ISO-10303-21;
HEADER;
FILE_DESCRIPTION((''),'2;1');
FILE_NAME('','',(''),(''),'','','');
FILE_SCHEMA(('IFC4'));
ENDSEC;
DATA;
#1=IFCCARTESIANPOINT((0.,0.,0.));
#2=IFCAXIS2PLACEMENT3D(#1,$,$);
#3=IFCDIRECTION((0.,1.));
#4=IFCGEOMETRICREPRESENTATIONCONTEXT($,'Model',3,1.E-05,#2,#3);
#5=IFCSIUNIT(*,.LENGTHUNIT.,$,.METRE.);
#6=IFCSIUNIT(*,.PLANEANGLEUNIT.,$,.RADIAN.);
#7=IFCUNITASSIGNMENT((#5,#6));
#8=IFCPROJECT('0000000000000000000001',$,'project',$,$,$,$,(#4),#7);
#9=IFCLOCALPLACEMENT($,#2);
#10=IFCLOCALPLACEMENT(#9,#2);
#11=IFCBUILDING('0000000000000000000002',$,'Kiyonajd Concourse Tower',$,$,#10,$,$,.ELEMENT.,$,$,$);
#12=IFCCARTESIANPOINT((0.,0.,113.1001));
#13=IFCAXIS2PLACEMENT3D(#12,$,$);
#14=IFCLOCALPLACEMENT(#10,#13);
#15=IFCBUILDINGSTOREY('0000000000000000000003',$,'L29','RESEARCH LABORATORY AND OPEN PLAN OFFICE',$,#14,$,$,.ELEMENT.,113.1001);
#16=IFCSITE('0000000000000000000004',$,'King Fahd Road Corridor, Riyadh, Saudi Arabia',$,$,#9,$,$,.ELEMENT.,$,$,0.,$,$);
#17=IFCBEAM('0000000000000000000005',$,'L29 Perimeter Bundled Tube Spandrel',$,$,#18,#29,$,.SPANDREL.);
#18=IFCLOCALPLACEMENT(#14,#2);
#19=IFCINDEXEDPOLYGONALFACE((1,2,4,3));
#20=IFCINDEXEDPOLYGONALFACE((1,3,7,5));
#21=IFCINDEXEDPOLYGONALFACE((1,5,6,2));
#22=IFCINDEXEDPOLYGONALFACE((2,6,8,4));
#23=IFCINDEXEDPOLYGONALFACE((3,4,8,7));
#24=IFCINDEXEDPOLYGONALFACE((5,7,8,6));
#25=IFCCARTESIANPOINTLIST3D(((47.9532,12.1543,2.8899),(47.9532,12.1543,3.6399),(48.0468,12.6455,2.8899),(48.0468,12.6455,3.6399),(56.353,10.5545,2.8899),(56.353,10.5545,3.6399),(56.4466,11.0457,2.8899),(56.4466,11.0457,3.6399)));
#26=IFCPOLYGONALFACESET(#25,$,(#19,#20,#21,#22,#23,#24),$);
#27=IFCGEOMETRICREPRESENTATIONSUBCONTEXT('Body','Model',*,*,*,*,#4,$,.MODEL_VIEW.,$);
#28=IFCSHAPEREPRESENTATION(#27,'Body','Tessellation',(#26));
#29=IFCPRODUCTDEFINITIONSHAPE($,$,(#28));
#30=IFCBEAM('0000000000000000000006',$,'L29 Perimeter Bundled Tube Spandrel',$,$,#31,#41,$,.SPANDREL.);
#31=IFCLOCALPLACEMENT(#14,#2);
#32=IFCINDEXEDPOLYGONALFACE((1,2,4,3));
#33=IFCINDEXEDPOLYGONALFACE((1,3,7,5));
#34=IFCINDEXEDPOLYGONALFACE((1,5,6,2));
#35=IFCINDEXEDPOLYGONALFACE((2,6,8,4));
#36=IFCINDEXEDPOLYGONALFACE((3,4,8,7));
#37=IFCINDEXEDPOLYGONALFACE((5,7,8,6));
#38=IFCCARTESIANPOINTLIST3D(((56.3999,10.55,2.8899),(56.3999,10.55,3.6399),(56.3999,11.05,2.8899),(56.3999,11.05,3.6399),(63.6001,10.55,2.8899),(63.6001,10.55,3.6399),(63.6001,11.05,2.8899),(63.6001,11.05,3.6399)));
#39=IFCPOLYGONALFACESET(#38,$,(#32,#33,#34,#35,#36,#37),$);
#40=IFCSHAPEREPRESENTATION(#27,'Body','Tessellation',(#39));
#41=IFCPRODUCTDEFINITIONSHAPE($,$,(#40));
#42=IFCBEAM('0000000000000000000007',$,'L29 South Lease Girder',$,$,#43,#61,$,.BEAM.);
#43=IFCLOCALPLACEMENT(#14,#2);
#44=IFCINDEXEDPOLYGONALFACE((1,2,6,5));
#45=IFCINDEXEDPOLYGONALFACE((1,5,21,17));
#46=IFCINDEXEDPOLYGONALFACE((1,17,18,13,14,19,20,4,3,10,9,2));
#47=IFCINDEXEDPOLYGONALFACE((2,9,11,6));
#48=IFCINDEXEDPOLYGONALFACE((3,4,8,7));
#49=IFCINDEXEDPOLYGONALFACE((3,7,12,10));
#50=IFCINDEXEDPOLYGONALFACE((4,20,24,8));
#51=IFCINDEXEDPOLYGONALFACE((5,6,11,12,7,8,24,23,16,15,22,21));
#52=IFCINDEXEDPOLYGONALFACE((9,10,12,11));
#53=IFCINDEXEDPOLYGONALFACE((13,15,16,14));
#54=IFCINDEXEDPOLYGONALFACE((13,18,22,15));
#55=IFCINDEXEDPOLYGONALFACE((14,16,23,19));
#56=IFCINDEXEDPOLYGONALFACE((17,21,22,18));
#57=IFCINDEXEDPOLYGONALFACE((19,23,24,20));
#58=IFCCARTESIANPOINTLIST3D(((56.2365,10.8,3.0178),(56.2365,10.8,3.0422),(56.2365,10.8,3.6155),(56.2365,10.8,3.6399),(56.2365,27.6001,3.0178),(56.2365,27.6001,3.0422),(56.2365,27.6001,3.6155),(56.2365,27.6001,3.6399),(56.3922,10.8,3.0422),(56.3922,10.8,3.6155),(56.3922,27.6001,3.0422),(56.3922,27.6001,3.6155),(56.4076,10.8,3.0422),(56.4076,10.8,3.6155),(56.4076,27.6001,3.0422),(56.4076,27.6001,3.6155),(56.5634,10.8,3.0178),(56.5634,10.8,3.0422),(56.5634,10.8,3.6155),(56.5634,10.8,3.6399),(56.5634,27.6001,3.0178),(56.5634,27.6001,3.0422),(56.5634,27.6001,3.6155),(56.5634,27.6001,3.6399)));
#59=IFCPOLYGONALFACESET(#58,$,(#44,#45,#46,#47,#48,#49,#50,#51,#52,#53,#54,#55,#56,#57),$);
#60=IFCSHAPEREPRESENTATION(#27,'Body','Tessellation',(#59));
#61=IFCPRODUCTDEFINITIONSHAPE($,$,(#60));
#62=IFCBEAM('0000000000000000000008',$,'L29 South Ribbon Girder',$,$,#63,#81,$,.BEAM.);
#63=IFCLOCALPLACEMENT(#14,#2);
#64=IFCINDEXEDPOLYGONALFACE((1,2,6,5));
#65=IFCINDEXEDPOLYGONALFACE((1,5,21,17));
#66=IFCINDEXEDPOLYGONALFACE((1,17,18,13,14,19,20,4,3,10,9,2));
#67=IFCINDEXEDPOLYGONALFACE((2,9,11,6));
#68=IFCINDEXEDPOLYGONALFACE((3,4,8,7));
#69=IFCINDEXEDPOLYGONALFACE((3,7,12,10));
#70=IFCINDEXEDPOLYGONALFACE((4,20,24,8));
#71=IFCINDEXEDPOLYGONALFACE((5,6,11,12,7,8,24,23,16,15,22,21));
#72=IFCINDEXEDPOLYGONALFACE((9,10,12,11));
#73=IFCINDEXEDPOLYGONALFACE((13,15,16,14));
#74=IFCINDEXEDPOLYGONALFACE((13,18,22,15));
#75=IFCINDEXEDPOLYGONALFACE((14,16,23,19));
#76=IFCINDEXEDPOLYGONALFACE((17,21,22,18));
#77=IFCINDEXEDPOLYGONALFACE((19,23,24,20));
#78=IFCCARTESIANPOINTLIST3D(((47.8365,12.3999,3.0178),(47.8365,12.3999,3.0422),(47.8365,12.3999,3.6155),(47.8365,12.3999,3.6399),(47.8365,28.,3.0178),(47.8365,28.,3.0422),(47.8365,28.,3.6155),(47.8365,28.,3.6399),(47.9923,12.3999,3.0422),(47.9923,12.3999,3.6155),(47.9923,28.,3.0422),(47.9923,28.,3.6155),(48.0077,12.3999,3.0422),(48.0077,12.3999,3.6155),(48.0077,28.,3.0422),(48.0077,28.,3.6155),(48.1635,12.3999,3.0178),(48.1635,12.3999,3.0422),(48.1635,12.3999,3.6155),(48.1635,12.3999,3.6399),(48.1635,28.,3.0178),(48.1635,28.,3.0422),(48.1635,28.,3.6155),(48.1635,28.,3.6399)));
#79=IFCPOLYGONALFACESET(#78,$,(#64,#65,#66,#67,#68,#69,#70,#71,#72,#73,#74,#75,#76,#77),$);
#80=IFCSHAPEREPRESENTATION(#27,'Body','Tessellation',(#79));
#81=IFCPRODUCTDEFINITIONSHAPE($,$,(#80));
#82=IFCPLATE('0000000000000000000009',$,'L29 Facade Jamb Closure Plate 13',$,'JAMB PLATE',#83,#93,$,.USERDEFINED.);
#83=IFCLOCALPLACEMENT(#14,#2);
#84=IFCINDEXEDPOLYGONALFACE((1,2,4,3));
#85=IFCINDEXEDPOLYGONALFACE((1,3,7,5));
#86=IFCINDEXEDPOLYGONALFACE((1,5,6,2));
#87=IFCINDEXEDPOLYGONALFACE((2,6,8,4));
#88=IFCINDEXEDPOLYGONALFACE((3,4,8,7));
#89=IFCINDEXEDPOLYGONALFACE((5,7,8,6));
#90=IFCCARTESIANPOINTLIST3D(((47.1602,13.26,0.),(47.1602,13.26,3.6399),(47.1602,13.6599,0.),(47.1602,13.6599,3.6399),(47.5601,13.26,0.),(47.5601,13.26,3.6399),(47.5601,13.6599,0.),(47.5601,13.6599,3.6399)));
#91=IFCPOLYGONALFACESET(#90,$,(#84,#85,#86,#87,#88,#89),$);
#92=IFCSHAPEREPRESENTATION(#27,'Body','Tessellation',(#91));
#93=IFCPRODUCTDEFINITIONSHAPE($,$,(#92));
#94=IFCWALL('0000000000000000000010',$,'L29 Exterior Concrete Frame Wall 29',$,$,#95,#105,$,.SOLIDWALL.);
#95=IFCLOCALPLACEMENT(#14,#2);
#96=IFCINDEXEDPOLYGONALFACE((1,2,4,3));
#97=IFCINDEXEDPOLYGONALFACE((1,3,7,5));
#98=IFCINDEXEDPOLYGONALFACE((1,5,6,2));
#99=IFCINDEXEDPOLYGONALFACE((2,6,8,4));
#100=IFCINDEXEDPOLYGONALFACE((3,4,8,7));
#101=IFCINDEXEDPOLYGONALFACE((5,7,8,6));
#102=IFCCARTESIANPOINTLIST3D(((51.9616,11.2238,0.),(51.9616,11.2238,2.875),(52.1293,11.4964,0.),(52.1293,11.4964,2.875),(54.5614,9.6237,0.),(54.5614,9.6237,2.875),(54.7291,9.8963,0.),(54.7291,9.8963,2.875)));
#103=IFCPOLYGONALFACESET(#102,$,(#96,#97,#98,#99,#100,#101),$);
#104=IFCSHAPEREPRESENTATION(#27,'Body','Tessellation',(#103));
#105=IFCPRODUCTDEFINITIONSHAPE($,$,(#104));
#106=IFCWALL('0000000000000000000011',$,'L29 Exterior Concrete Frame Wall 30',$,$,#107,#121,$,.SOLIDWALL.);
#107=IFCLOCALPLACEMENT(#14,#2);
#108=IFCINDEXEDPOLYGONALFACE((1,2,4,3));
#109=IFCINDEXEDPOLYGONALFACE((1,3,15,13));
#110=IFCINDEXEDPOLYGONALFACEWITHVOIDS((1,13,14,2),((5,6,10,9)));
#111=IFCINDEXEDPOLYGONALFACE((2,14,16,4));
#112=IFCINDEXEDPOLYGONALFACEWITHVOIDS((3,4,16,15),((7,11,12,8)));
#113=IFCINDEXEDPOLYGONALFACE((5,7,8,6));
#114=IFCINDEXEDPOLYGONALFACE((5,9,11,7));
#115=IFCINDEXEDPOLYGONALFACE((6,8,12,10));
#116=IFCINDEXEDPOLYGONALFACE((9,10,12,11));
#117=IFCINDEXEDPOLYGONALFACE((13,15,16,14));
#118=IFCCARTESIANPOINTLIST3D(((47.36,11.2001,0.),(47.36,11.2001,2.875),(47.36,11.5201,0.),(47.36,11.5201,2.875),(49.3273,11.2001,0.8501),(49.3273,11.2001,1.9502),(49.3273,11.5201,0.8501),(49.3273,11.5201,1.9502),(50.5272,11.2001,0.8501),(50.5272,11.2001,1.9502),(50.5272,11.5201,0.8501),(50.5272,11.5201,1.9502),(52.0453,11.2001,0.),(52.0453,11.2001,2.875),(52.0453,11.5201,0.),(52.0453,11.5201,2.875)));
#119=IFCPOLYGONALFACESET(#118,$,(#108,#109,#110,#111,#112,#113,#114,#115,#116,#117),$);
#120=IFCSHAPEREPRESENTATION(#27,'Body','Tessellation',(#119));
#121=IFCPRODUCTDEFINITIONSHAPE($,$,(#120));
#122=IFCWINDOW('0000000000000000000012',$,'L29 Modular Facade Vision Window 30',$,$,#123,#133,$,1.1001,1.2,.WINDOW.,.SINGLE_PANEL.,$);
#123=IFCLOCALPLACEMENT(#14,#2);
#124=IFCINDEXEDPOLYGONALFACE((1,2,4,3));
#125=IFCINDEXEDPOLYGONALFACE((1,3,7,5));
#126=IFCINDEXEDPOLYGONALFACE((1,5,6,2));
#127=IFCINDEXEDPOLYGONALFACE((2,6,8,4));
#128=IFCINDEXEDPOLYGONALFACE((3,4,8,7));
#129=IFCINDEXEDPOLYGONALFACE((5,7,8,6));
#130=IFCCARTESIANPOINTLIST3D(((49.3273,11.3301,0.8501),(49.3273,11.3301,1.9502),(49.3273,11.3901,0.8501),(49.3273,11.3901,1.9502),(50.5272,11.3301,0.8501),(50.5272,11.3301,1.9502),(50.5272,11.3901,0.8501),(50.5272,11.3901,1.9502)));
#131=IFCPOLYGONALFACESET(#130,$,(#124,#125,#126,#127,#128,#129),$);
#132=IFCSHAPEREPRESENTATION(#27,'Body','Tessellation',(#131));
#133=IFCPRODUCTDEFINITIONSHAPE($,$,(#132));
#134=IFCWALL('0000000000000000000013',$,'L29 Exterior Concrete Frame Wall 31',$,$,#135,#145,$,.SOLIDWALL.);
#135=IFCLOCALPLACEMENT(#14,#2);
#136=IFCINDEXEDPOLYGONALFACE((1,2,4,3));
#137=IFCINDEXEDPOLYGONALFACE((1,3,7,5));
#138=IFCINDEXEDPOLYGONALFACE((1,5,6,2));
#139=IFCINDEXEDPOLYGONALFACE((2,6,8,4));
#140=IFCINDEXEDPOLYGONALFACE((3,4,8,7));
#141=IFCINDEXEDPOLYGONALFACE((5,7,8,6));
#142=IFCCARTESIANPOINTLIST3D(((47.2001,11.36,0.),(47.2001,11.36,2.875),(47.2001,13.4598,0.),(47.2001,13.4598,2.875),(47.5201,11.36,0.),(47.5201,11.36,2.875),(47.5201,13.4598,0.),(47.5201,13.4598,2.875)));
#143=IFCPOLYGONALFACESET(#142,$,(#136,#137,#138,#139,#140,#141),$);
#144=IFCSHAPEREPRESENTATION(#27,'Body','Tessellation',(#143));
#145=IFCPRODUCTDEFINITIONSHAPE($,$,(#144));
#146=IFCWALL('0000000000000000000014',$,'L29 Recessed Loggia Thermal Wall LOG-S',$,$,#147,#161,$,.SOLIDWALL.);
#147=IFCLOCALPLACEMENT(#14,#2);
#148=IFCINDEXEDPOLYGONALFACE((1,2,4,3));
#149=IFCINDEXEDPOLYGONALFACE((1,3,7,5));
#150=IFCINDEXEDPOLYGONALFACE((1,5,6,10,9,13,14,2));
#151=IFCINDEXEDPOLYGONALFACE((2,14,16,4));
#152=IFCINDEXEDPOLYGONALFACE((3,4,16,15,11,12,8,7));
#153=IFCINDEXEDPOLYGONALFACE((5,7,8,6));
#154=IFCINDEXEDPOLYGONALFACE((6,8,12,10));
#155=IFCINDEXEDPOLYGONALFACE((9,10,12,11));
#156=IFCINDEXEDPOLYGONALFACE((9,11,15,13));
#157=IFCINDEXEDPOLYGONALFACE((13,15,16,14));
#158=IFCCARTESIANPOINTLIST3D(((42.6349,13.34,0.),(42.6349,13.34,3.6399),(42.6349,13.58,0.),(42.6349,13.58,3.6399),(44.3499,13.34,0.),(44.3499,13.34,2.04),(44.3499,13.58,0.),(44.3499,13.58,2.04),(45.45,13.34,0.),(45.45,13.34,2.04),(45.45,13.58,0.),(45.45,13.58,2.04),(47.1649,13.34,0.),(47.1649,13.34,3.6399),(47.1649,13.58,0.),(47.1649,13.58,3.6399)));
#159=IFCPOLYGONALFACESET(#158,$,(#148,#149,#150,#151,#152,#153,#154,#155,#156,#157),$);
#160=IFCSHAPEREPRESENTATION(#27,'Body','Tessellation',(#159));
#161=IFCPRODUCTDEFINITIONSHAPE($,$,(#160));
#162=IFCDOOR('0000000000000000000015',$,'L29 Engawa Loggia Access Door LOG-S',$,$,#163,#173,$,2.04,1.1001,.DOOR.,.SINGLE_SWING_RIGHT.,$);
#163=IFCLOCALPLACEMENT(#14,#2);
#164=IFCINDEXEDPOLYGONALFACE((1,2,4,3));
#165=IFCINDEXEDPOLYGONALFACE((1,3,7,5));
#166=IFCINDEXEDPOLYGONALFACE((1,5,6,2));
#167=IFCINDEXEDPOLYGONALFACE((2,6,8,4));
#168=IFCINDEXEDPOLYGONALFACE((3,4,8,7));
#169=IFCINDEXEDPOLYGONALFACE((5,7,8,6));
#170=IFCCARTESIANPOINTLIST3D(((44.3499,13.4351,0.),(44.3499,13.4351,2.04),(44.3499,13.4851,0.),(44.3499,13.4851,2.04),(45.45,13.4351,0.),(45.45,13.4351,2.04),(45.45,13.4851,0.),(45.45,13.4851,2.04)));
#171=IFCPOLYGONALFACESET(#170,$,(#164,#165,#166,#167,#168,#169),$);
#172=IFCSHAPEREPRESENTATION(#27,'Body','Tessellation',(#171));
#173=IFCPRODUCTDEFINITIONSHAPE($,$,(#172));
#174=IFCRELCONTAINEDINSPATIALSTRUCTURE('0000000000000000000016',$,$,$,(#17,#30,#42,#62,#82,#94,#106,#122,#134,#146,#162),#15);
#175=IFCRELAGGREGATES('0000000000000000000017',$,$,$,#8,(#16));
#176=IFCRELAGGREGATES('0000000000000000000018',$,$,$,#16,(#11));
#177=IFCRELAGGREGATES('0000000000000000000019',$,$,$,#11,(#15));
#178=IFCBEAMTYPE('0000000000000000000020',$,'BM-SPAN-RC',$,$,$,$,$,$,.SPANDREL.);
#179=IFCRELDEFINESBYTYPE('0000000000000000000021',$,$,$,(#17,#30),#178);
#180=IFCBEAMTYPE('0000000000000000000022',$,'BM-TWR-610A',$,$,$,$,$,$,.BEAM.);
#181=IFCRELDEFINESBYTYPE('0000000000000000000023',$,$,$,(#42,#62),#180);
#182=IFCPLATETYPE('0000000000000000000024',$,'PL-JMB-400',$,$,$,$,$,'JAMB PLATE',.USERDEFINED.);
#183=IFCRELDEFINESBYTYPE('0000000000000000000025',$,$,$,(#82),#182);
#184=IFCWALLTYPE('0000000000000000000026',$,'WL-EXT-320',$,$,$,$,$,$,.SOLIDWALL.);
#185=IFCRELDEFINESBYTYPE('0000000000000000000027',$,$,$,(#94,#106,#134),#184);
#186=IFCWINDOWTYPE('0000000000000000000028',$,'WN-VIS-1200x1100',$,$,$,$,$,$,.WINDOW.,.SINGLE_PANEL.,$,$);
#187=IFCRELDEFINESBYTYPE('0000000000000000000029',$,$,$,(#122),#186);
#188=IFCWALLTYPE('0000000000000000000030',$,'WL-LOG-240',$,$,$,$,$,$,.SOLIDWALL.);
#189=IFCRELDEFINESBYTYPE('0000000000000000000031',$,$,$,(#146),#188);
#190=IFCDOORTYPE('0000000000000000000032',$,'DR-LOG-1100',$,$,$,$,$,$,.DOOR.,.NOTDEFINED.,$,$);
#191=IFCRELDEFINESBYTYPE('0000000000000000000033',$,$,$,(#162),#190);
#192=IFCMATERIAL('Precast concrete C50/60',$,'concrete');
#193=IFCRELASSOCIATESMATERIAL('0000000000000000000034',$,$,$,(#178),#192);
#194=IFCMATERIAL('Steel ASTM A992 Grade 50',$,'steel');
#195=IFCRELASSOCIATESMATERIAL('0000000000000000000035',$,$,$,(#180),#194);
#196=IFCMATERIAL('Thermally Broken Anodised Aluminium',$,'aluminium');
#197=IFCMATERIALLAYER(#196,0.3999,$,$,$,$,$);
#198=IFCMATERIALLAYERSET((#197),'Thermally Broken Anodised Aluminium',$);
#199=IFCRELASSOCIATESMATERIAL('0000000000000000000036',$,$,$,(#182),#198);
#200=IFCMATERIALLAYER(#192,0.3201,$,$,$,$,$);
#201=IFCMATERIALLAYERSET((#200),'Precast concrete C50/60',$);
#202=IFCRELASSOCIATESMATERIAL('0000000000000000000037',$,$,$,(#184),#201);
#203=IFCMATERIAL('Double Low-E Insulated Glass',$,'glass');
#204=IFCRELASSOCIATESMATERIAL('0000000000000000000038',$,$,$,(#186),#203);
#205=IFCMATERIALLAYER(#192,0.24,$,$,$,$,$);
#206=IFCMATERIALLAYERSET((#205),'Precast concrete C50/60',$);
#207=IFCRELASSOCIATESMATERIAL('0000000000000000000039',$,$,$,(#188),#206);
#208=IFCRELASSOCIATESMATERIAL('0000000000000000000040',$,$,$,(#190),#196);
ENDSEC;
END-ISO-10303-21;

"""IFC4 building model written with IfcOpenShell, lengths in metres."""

from ifc_helpers import new_model, si_unit, direction, frame, frame_2d, origin, origin_2d, place, context, subcontext, project, spatial, rectangle, i_section, extrude, material, layer, layer_set, material_profile, profile_set, type_object, element, fill, save


model = new_model("IFC4")

# Units and contexts
model_context = context("Model", 3, precision=1e-05, world=origin(), true_north=direction((0.0, 1.0)))
body_context = subcontext(model_context, "Body", "Model", "MODEL_VIEW")
ifc_project = project(units=[si_unit("LENGTHUNIT", "METRE"), si_unit("PLANEANGLEUNIT", "RADIAN")], contexts=[model_context])

# Site, building, storey
site_placement = place(None, origin())
site = spatial("IfcSite", under=ifc_project, at=site_placement, Name="King Fahd Road Corridor, Riyadh, Saudi Arabia", CompositionType="ELEMENT", RefElevation=0.0)
building_placement = place(site_placement, origin())
building = spatial("IfcBuilding", under=site, at=building_placement, Name="Kiyonajd Concourse Tower", CompositionType="ELEMENT")
storey_placement = place(building_placement, frame((0.0, 0.0, 113.1001)))
storey = spatial("IfcBuildingStorey", under=building, at=storey_placement, Name="L29", Description="RESEARCH LABORATORY AND OPEN PLAN OFFICE", CompositionType="ELEMENT", Elevation=113.1001)

# Beams
ifc_material_1 = material(Name="Steel ASTM A992 Grade 50", Category="steel")
ifc_material_2 = material(Name="Precast concrete C50/60", Category="concrete")
ifc_material_profile_1 = material_profile(ifc_material_2, rectangle(XDim=0.5, YDim=0.75, at=origin_2d()), Name="RCBM-500x750")
ifc_profile_set_1 = profile_set([ifc_material_profile_1], Name="Precast concrete C50/60")
beam_type_1 = type_object("IfcBeamType", Name="BM-SPAN-RC", PredefinedType="SPANDREL", material=ifc_profile_set_1)
beam_1_placement = place(storey_placement, frame((48.0, 12.3999, 3.2649), z_axis=(0.982341, -0.187098, 0.0), x_axis=(0.187098, 0.982341, 0.0)))
element("IfcBeam", 1, at=beam_1_placement, inside=storey, type_object=beam_type_1, Name="L29 Perimeter Bundled Tube Spandrel", PredefinedType="SPANDREL", context=body_context, shape_type="SweptSolid", body=[
    extrude(rectangle(XDim=0.5, YDim=0.75, at=origin_2d()), origin(), (0.0, 0.0, 1.0), 8.5508),
])
beam_2_placement = place(storey_placement, frame((56.3999, 10.8, 3.2649), z_axis=(1.0, 0.0, 0.0), x_axis=(0.0, 1.0, 0.0)))
element("IfcBeam", 2, at=beam_2_placement, inside=storey, type_object=beam_type_1, Name="L29 Perimeter Bundled Tube Spandrel", PredefinedType="SPANDREL", context=body_context, shape_type="SweptSolid", body=[
    extrude(rectangle(XDim=0.5, YDim=0.75, at=origin_2d()), origin(), (0.0, 0.0, 1.0), 7.2002),
])
ifc_material_profile_2 = material_profile(ifc_material_1, i_section(OverallWidth=0.3269, OverallDepth=0.6221, WebThickness=0.0154, FlangeThickness=0.0244, at=origin_2d()), Name="W610X195")
ifc_profile_set_2 = profile_set([ifc_material_profile_2], Name="Steel ASTM A992 Grade 50")
beam_type_2 = type_object("IfcBeamType", Name="BM-TWR-610A", PredefinedType="BEAM", material=ifc_profile_set_2)
beam_3_placement = place(storey_placement, frame((56.3999, 10.8, 3.3289), z_axis=(0.0, 1.0, 0.0), x_axis=(-1.0, 0.0, 0.0)))
element("IfcBeam", 3, at=beam_3_placement, inside=storey, type_object=beam_type_2, Name="L29 South Lease Girder", PredefinedType="BEAM", context=body_context, shape_type="SweptSolid", body=[
    extrude(i_section(OverallWidth=0.3269, OverallDepth=0.6221, WebThickness=0.0154, FlangeThickness=0.0244, at=origin_2d()), origin(), (0.0, 0.0, 1.0), 16.8),
])
beam_4_placement = place(storey_placement, frame((48.0, 12.3999, 3.3289), z_axis=(0.0, 1.0, 0.0), x_axis=(-1.0, 0.0, 0.0)))
element("IfcBeam", 4, at=beam_4_placement, inside=storey, type_object=beam_type_2, Name="L29 South Ribbon Girder", PredefinedType="BEAM", context=body_context, shape_type="SweptSolid", body=[
    extrude(i_section(OverallWidth=0.3269, OverallDepth=0.6221, WebThickness=0.0154, FlangeThickness=0.0244, at=origin_2d()), origin(), (0.0, 0.0, 1.0), 15.6001),
])

# Plate
ifc_material_3 = material(Name="Thermally Broken Anodised Aluminium", Category="aluminium")
ifc_layer_1 = layer(ifc_material_3, 0.3999)
ifc_layer_set_1 = layer_set([ifc_layer_1], Name="Thermally Broken Anodised Aluminium")
plate_type = type_object("IfcPlateType", Name="PL-JMB-400", ElementType="JAMB PLATE", PredefinedType="USERDEFINED", material=ifc_layer_set_1)
plate_placement = place(storey_placement, frame((47.3601, 13.46, 0.0), z_axis=(0.0, 0.0, 1.0), x_axis=(1.0, 0.0, 0.0)))
element("IfcPlate", 5, at=plate_placement, inside=storey, type_object=plate_type, Name="L29 Facade Jamb Closure Plate 13", ObjectType="JAMB PLATE", PredefinedType="USERDEFINED", context=body_context, shape_type="SweptSolid", body=[
    extrude(rectangle(XDim=0.3999, YDim=0.3999, at=origin_2d()), origin(), (0.0, 0.0, 1.0), 3.6399),
])

# Wall
ifc_layer_2 = layer(ifc_material_2, 0.3201)
ifc_layer_set_2 = layer_set([ifc_layer_2], Name="Precast concrete C50/60")
wall_type_1 = type_object("IfcWallType", Name="WL-EXT-320", PredefinedType="SOLIDWALL", material=ifc_layer_set_2)
wall_1_placement = place(storey_placement, frame((54.6453, 9.76, 0.0), z_axis=(0.0, 0.0, 1.0), x_axis=(-0.851631, 0.524142, 0.0)))
element("IfcWall", 6, at=wall_1_placement, inside=storey, type_object=wall_type_1, Name="L29 Exterior Concrete Frame Wall 29", PredefinedType="SOLIDWALL", context=body_context, shape_type="SweptSolid", body=[
    extrude(rectangle(XDim=3.0527, YDim=0.3201, at=frame_2d((1.5264, 0.0))), origin(), (0.0, 0.0, 1.0), 2.875),
])

# Wall, opening, window
wall_2_placement = place(storey_placement, frame((52.0454, 11.3601, 0.0), z_axis=(0.0, 0.0, 1.0), x_axis=(-1.0, 0.0, 0.0)))
wall_2 = element("IfcWall", 7, at=wall_2_placement, inside=storey, type_object=wall_type_1, Name="L29 Exterior Concrete Frame Wall 30", PredefinedType="SOLIDWALL", context=body_context, shape_type="SweptSolid", body=[
    extrude(rectangle(XDim=4.6853, YDim=0.3201, at=frame_2d((2.3428, 0.0))), origin(), (0.0, 0.0, 1.0), 2.875),
])
opening_1_placement = place(wall_2_placement, frame((1.5181, 0.0, 0.8501)))
opening_1 = element("IfcOpeningElement", 8, at=opening_1_placement, cuts=wall_2, PredefinedType="OPENING", context=body_context, shape_type="SweptSolid", body=[
    extrude(rectangle(XDim=1.2, YDim=1.1001, at=frame_2d((0.6001, 0.55))), frame((0.0, 0.1699, 0.0), z_axis=(0.0, -1.0, 0.0), x_axis=(1.0, 0.0, 0.0)), (0.0, 0.0, 1.0), 0.3401),
])
ifc_material_4 = material(Name="Double Low-E Insulated Glass", Category="glass")
window_type = type_object("IfcWindowType", Name="WN-VIS-1200x1100", PartitioningType="SINGLE_PANEL", PredefinedType="WINDOW", material=ifc_material_4)
window_placement = place(opening_1_placement, origin())
window = element("IfcWindow", 9, at=window_placement, inside=storey, type_object=window_type, Name="L29 Modular Facade Vision Window 30", OverallHeight=1.1001, OverallWidth=1.2, PartitioningType="SINGLE_PANEL", PredefinedType="WINDOW", context=body_context, shape_type="SweptSolid", body=[
    extrude(rectangle(XDim=1.2, YDim=1.1001, at=frame_2d((0.6001, 0.55))), frame((0.0, 0.03, 0.0), z_axis=(0.0, -1.0, 0.0), x_axis=(1.0, 0.0, 0.0)), (0.0, 0.0, 1.0), 0.0601),
])
fill(opening_1, window)

# Wall
wall_3_placement = place(storey_placement, frame((47.3601, 11.3601, 0.0), z_axis=(0.0, 0.0, 1.0), x_axis=(0.0, 1.0, 0.0)))
element("IfcWall", 10, at=wall_3_placement, inside=storey, type_object=wall_type_1, Name="L29 Exterior Concrete Frame Wall 31", PredefinedType="SOLIDWALL", context=body_context, shape_type="SweptSolid", body=[
    extrude(rectangle(XDim=2.0999, YDim=0.3201, at=frame_2d((1.0498, 0.0))), origin(), (0.0, 0.0, 1.0), 2.875),
])

# Wall, opening, door
ifc_layer_3 = layer(ifc_material_2, 0.24)
ifc_layer_set_3 = layer_set([ifc_layer_3], Name="Precast concrete C50/60")
wall_type_2 = type_object("IfcWallType", Name="WL-LOG-240", PredefinedType="SOLIDWALL", material=ifc_layer_set_3)
wall_4_placement = place(storey_placement, frame((47.165, 13.46, 0.0), z_axis=(0.0, 0.0, 1.0), x_axis=(-1.0, 0.0, 0.0)))
wall_4 = element("IfcWall", 11, at=wall_4_placement, inside=storey, type_object=wall_type_2, Name="L29 Recessed Loggia Thermal Wall LOG-S", PredefinedType="SOLIDWALL", context=body_context, shape_type="SweptSolid", body=[
    extrude(rectangle(XDim=4.53, YDim=0.24, at=frame_2d((2.2651, 0.0))), origin(), (0.0, 0.0, 1.0), 3.6399),
])
opening_2_placement = place(wall_4_placement, frame((1.7151, 0.0, 0.0)))
opening_2 = element("IfcOpeningElement", 12, at=opening_2_placement, cuts=wall_4, PredefinedType="OPENING", context=body_context, shape_type="SweptSolid", body=[
    extrude(rectangle(XDim=1.1001, YDim=2.04, at=frame_2d((0.55, 1.02))), frame((0.0, 0.1299, 0.0), z_axis=(0.0, -1.0, 0.0), x_axis=(1.0, 0.0, 0.0)), (0.0, 0.0, 1.0), 0.26),
])
door_type = type_object("IfcDoorType", Name="DR-LOG-1100", OperationType="NOTDEFINED", PredefinedType="DOOR", material=ifc_material_3)
door_placement = place(opening_2_placement, origin())
door = element("IfcDoor", 13, at=door_placement, inside=storey, type_object=door_type, Name="L29 Engawa Loggia Access Door LOG-S", OperationType="SINGLE_SWING_RIGHT", OverallHeight=2.04, OverallWidth=1.1001, PredefinedType="DOOR", context=body_context, shape_type="SweptSolid", body=[
    extrude(rectangle(XDim=1.1001, YDim=2.04, at=frame_2d((0.55, 1.02))), frame((0.0, 0.0249, 0.0), z_axis=(0.0, -1.0, 0.0), x_axis=(1.0, 0.0, 0.0)), (0.0, 0.0, 1.0), 0.05),
])
fill(opening_2, door)

save(model, "model.ifc")
